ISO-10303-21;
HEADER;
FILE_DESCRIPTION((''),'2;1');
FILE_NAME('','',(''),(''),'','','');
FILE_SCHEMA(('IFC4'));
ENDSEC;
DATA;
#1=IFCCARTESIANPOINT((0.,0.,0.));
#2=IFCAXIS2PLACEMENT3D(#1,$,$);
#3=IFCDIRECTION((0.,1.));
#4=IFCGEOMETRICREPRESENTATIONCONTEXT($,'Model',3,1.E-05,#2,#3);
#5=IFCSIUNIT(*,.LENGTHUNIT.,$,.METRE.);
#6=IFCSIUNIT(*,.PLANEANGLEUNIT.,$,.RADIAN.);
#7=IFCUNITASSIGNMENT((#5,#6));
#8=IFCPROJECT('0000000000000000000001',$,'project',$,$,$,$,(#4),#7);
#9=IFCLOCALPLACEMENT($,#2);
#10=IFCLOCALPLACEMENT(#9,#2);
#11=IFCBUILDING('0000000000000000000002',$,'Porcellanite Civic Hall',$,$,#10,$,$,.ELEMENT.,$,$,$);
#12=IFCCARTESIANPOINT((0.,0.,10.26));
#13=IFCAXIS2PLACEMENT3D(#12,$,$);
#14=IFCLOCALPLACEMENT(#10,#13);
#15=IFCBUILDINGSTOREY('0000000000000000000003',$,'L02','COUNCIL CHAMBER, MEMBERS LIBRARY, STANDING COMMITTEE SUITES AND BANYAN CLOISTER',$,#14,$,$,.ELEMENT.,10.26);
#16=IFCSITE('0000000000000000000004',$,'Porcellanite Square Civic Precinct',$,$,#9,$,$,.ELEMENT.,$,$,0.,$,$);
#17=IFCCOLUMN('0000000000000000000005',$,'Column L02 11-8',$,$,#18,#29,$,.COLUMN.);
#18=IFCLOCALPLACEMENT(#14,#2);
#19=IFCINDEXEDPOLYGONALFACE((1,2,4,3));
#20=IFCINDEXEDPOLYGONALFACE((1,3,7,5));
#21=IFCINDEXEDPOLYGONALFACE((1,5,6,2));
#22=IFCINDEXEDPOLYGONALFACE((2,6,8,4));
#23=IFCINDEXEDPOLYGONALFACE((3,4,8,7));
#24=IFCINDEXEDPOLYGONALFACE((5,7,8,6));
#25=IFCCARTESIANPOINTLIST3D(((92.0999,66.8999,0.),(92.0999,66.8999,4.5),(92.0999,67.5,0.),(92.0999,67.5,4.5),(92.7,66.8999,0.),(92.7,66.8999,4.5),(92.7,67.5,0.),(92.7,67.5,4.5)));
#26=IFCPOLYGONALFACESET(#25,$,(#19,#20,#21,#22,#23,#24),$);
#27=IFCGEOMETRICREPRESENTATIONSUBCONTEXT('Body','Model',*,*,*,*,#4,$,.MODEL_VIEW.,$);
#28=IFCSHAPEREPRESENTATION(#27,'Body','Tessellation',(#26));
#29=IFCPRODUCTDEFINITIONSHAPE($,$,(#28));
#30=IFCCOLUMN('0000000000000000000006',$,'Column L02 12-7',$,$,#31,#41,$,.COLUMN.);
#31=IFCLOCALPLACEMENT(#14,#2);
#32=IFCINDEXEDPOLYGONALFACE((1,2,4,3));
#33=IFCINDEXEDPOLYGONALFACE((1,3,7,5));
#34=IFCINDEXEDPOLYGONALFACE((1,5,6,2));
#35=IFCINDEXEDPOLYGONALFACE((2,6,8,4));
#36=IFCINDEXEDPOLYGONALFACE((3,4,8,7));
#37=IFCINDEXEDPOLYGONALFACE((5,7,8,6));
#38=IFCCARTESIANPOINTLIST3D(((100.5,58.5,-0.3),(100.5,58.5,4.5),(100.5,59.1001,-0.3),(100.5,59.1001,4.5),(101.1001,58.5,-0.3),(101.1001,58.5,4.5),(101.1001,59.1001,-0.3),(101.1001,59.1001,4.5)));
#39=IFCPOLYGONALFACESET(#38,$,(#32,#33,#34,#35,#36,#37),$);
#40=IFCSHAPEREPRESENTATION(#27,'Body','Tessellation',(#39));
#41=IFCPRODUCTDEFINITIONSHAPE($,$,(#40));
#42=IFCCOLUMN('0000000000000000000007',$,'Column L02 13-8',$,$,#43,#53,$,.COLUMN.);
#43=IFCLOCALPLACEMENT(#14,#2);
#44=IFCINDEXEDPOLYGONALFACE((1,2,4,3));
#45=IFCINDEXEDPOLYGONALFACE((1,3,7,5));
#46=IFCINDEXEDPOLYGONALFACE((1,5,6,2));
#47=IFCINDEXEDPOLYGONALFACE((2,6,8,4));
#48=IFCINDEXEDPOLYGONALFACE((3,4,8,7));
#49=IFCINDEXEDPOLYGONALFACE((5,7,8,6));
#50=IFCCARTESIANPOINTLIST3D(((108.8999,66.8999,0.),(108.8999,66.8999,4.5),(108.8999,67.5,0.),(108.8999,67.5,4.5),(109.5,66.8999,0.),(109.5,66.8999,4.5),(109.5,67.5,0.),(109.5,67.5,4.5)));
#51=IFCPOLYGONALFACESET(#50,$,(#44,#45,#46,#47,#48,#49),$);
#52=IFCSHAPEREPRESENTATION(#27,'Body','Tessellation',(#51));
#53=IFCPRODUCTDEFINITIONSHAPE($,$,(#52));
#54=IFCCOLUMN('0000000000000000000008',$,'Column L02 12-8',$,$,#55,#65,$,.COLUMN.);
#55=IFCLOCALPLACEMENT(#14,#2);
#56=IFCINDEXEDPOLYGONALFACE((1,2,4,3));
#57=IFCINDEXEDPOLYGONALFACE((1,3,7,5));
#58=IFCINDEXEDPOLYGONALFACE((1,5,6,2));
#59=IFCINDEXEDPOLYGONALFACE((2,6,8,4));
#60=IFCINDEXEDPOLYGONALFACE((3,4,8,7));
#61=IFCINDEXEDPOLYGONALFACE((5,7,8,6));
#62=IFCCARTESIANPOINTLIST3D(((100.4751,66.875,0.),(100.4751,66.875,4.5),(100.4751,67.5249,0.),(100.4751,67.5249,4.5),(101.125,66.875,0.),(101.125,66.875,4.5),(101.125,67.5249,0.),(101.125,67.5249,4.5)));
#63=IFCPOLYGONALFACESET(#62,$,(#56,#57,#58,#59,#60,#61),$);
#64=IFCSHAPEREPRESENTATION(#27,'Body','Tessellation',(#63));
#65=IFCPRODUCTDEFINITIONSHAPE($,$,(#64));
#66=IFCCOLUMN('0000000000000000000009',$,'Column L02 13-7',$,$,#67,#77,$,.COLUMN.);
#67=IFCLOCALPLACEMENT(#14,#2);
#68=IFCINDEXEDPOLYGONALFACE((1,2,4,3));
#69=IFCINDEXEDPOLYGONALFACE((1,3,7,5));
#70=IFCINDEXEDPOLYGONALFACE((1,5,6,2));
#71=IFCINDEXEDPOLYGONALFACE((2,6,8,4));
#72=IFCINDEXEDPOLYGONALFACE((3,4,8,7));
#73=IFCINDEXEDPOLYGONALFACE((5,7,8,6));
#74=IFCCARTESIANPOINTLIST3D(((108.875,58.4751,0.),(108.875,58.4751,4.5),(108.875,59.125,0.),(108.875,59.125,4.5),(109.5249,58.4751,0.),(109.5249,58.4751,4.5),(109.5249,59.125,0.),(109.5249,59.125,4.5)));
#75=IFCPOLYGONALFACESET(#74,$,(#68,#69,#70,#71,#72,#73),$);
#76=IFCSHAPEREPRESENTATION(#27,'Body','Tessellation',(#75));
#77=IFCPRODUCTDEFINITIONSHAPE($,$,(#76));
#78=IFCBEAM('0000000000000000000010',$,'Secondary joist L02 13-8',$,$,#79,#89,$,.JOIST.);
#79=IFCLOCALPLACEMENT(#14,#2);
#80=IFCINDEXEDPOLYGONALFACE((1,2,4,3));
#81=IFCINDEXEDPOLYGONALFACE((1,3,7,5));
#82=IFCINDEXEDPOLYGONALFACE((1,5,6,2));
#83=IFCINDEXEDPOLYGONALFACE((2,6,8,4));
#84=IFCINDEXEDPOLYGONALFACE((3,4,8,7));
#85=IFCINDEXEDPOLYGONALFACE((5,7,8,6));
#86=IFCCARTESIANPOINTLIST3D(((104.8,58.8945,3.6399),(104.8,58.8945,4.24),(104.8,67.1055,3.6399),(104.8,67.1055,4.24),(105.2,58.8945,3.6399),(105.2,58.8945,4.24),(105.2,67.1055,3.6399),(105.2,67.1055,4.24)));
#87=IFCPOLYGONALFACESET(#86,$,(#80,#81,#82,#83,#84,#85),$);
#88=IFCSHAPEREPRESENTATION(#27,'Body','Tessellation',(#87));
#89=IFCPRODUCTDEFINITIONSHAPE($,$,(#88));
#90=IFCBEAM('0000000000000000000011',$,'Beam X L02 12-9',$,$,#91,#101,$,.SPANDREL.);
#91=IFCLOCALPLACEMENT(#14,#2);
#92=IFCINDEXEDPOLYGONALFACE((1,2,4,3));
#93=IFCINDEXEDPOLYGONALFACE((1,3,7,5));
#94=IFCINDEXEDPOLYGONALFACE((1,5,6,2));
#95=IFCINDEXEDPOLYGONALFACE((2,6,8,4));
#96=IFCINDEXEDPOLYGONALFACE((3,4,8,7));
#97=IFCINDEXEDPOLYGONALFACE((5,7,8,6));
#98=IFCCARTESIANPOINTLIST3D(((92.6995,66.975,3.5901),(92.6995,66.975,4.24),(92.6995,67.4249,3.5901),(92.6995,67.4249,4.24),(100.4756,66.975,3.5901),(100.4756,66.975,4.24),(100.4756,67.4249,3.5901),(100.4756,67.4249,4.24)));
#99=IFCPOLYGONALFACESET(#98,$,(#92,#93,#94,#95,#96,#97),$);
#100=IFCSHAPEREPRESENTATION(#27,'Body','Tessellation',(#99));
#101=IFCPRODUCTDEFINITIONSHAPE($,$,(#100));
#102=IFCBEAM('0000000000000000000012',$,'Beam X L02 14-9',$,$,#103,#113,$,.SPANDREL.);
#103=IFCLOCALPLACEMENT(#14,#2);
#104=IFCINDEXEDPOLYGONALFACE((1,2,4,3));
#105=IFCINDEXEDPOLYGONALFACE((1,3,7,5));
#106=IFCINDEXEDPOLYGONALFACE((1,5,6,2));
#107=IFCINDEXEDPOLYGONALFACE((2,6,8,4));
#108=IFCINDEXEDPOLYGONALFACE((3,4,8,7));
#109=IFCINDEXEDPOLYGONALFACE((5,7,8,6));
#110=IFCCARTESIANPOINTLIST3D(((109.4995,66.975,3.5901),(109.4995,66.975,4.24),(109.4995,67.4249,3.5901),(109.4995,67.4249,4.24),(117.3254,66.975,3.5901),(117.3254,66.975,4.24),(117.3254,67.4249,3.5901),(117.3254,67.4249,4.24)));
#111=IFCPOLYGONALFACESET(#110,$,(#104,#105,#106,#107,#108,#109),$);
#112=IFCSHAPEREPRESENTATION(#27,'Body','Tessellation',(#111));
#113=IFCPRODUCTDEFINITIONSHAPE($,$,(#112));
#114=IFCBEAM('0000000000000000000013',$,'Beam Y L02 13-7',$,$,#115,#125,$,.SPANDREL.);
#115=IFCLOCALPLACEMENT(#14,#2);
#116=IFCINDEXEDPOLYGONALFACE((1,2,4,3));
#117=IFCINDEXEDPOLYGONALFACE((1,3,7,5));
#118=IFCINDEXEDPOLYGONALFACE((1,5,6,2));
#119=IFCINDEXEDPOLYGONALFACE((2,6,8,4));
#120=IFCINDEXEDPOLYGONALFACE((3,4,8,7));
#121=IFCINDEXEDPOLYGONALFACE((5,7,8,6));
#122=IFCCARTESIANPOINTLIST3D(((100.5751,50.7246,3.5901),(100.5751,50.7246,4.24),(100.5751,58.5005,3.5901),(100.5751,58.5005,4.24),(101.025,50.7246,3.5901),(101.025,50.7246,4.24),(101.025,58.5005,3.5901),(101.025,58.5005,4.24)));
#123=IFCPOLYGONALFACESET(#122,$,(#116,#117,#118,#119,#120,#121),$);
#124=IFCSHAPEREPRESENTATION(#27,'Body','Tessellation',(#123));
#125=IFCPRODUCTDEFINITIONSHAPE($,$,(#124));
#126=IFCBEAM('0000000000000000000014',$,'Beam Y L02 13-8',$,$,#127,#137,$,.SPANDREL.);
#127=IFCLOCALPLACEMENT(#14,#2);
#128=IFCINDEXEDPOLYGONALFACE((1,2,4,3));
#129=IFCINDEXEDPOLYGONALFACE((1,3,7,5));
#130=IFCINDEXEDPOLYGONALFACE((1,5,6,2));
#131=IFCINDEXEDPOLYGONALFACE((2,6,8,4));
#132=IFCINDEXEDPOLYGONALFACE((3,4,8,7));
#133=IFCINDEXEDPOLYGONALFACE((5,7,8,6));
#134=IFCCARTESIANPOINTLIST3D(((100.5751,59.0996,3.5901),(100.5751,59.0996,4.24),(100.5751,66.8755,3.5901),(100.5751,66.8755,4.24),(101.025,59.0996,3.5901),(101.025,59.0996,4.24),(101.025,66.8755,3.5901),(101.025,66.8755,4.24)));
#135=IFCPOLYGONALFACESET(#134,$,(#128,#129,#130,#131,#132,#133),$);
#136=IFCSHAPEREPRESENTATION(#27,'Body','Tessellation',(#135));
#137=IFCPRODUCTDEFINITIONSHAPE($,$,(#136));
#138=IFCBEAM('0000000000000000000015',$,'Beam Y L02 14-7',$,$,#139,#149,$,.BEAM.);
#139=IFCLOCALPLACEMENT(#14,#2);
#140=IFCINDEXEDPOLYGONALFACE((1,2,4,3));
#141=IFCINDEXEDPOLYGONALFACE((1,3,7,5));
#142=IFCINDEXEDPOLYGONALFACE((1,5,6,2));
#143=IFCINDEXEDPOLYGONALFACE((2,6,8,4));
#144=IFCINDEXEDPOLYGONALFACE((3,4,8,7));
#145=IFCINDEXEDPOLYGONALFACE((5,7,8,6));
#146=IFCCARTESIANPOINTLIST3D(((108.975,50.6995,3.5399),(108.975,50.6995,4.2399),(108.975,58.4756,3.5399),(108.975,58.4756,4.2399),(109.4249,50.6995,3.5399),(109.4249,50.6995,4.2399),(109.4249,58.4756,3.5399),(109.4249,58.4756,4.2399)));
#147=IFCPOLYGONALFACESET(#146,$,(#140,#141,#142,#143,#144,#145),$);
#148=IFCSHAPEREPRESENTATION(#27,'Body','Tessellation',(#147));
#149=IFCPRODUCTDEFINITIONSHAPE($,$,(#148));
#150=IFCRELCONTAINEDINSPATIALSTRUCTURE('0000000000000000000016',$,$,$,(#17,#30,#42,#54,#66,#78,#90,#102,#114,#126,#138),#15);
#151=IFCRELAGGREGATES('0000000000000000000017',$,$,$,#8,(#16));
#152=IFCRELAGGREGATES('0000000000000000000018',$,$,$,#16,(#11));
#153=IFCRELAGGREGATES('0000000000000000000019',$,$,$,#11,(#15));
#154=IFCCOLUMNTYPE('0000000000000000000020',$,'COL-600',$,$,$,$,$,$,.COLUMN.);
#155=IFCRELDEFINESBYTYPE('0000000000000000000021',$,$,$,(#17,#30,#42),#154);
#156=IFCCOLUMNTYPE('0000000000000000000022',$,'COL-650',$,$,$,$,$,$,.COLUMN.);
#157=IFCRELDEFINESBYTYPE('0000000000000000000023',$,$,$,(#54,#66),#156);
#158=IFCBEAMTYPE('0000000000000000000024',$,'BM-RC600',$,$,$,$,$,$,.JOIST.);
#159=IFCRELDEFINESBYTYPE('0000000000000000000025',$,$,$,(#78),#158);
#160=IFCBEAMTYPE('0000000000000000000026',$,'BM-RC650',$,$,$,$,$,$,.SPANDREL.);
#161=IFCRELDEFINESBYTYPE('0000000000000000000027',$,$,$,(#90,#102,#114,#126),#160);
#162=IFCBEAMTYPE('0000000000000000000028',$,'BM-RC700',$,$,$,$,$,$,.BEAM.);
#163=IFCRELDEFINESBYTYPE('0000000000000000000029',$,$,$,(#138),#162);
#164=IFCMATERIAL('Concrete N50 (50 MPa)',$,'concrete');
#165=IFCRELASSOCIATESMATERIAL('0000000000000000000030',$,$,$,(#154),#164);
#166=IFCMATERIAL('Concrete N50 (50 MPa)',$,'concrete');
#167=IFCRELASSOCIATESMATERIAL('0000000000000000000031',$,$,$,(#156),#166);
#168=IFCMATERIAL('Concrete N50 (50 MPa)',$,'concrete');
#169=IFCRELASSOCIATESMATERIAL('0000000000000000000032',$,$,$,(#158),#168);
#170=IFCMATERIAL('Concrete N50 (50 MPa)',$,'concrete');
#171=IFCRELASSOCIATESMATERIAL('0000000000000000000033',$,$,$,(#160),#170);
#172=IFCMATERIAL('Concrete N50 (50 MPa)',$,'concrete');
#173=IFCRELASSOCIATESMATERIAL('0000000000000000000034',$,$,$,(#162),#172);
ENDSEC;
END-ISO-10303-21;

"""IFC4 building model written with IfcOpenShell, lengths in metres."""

from ifc_helpers import new_model, si_unit, direction, frame, origin, origin_2d, place, context, subcontext, project, spatial, rectangle, extrude, material, material_profile, profile_set, type_object, element, save


model = new_model("IFC4")

# Units and contexts
model_context = context("Model", 3, precision=1e-05, world=origin(), true_north=direction((0.0, 1.0)))
body_context = subcontext(model_context, "Body", "Model", "MODEL_VIEW")
ifc_project = project(units=[si_unit("LENGTHUNIT", "METRE"), si_unit("PLANEANGLEUNIT", "RADIAN")], contexts=[model_context])

# Site, building, storey
site_placement = place(None, origin())
site = spatial("IfcSite", under=ifc_project, at=site_placement, Name="Porcellanite Square Civic Precinct", CompositionType="ELEMENT", RefElevation=0.0)
building_placement = place(site_placement, origin())
building = spatial("IfcBuilding", under=site, at=building_placement, Name="Porcellanite Civic Hall", CompositionType="ELEMENT")
storey_placement = place(building_placement, frame((0.0, 0.0, 10.26)))
storey = spatial("IfcBuildingStorey", under=building, at=storey_placement, Name="L02", Description="COUNCIL CHAMBER, MEMBERS LIBRARY, STANDING COMMITTEE SUITES AND BANYAN CLOISTER", CompositionType="ELEMENT", Elevation=10.26)

# Columns
ifc_material_1 = material(Name="Concrete N50 (50 MPa)", Category="concrete")
ifc_material_profile_1 = material_profile(ifc_material_1, rectangle(XDim=0.6001, YDim=0.6001, at=origin_2d()), Name="RC-600x600")
ifc_profile_set_1 = profile_set([ifc_material_profile_1], Name="Concrete N50 (50 MPa)")
column_type_1 = type_object("IfcColumnType", Name="COL-600", PredefinedType="COLUMN", material=ifc_profile_set_1)
column_1_placement = place(storey_placement, frame((92.3999, 67.2, 0.0), z_axis=(0.0, 0.0, 1.0), x_axis=(1.0, 0.0, 0.0)))
element("IfcColumn", 1, at=column_1_placement, inside=storey, type_object=column_type_1, Name="Column L02 11-8", PredefinedType="COLUMN", context=body_context, shape_type="SweptSolid", body=[
    extrude(rectangle(XDim=0.6001, YDim=0.6001, at=origin_2d()), origin(), (0.0, 0.0, 1.0), 4.5),
])
column_2_placement = place(storey_placement, frame((100.8, 58.8, -0.3), z_axis=(0.0, 0.0, 1.0), x_axis=(1.0, 0.0, 0.0)))
element("IfcColumn", 2, at=column_2_placement, inside=storey, type_object=column_type_1, Name="Column L02 12-7", PredefinedType="COLUMN", context=body_context, shape_type="SweptSolid", body=[
    extrude(rectangle(XDim=0.6001, YDim=0.6001, at=origin_2d()), origin(), (0.0, 0.0, 1.0), 4.8),
])
column_3_placement = place(storey_placement, frame((109.2, 67.2, 0.0), z_axis=(0.0, 0.0, 1.0), x_axis=(1.0, 0.0, 0.0)))
element("IfcColumn", 3, at=column_3_placement, inside=storey, type_object=column_type_1, Name="Column L02 13-8", PredefinedType="COLUMN", context=body_context, shape_type="SweptSolid", body=[
    extrude(rectangle(XDim=0.6001, YDim=0.6001, at=origin_2d()), origin(), (0.0, 0.0, 1.0), 4.5),
])
ifc_material_2 = material(Name="Concrete N50 (50 MPa)", Category="concrete")
ifc_material_profile_2 = material_profile(ifc_material_2, rectangle(XDim=0.6499, YDim=0.6499, at=origin_2d()), Name="RC-650x650")
ifc_profile_set_2 = profile_set([ifc_material_profile_2], Name="Concrete N50 (50 MPa)")
column_type_2 = type_object("IfcColumnType", Name="COL-650", PredefinedType="COLUMN", material=ifc_profile_set_2)
for number, where, z_axis, x_axis, name in (
    (4, (100.8, 67.2, 0.0), (0.0, 0.0, 1.0), (1.0, 0.0, 0.0), "Column L02 12-8"),
    (5, (109.2, 58.8, 0.0), (0.0, 0.0, 1.0), (1.0, 0.0, 0.0), "Column L02 13-7"),
):
    element("IfcColumn", number, at=place(storey_placement, frame(where, z_axis=z_axis, x_axis=x_axis)), inside=storey, type_object=column_type_2, Name=name, PredefinedType="COLUMN", context=body_context, shape_type="SweptSolid", body=[
        extrude(rectangle(XDim=0.6499, YDim=0.6499, at=origin_2d()), origin(), (0.0, 0.0, 1.0), 4.5),
    ])

# Beams
ifc_material_3 = material(Name="Concrete N50 (50 MPa)", Category="concrete")
ifc_material_profile_3 = material_profile(ifc_material_3, rectangle(XDim=0.3999, YDim=0.6001, at=origin_2d()), Name="RC-400x600")
ifc_profile_set_3 = profile_set([ifc_material_profile_3], Name="Concrete N50 (50 MPa)")
beam_type_1 = type_object("IfcBeamType", Name="BM-RC600", PredefinedType="JOIST", material=ifc_profile_set_3)
beam_1_placement = place(storey_placement, frame((105.0, 58.8945, 3.9399), z_axis=(0.0, 1.0, 0.0), x_axis=(-1.0, 0.0, 0.0)))
element("IfcBeam", 6, at=beam_1_placement, inside=storey, type_object=beam_type_1, Name="Secondary joist L02 13-8", PredefinedType="JOIST", context=body_context, shape_type="SweptSolid", body=[
    extrude(rectangle(XDim=0.3999, YDim=0.6001, at=origin_2d()), origin(), (0.0, 0.0, 1.0), 8.2109),
])
ifc_material_4 = material(Name="Concrete N50 (50 MPa)", Category="concrete")
ifc_material_profile_4 = material_profile(ifc_material_4, rectangle(XDim=0.45, YDim=0.6499, at=origin_2d()), Name="RC-450x650")
ifc_profile_set_4 = profile_set([ifc_material_profile_4], Name="Concrete N50 (50 MPa)")
beam_type_2 = type_object("IfcBeamType", Name="BM-RC650", PredefinedType="SPANDREL", material=ifc_profile_set_4)
beam_2_placement = place(storey_placement, frame((92.6995, 67.2, 3.915), z_axis=(1.0, 0.0, 0.0), x_axis=(0.0, 1.0, 0.0)))
element("IfcBeam", 7, at=beam_2_placement, inside=storey, type_object=beam_type_2, Name="Beam X L02 12-9", PredefinedType="SPANDREL", context=body_context, shape_type="SweptSolid", body=[
    extrude(rectangle(XDim=0.45, YDim=0.6499, at=origin_2d()), origin(), (0.0, 0.0, 1.0), 7.7761),
])
beam_3_placement = place(storey_placement, frame((109.4995, 67.2, 3.915), z_axis=(1.0, 0.0, 0.0), x_axis=(0.0, 1.0, 0.0)))
element("IfcBeam", 8, at=beam_3_placement, inside=storey, type_object=beam_type_2, Name="Beam X L02 14-9", PredefinedType="SPANDREL", context=body_context, shape_type="SweptSolid", body=[
    extrude(rectangle(XDim=0.45, YDim=0.6499, at=origin_2d()), origin(), (0.0, 0.0, 1.0), 7.8259),
])
for number, where, z_axis, x_axis, name in (
    (9, (100.8, 50.7246, 3.915), (0.0, 1.0, 0.0), (-1.0, 0.0, 0.0), "Beam Y L02 13-7"),
    (10, (100.8, 59.0996, 3.915), (0.0, 1.0, 0.0), (-1.0, 0.0, 0.0), "Beam Y L02 13-8"),
):
    element("IfcBeam", number, at=place(storey_placement, frame(where, z_axis=z_axis, x_axis=x_axis)), inside=storey, type_object=beam_type_2, Name=name, PredefinedType="SPANDREL", context=body_context, shape_type="SweptSolid", body=[
        extrude(rectangle(XDim=0.45, YDim=0.6499, at=origin_2d()), origin(), (0.0, 0.0, 1.0), 7.7759),
    ])
ifc_material_5 = material(Name="Concrete N50 (50 MPa)", Category="concrete")
ifc_material_profile_5 = material_profile(ifc_material_5, rectangle(XDim=0.45, YDim=0.7, at=origin_2d()), Name="RC-450x700")
ifc_profile_set_5 = profile_set([ifc_material_profile_5], Name="Concrete N50 (50 MPa)")
beam_type_3 = type_object("IfcBeamType", Name="BM-RC700", PredefinedType="BEAM", material=ifc_profile_set_5)
beam_4_placement = place(storey_placement, frame((109.2, 50.6995, 3.8899), z_axis=(0.0, 1.0, 0.0), x_axis=(-1.0, 0.0, 0.0)))
element("IfcBeam", 11, at=beam_4_placement, inside=storey, type_object=beam_type_3, Name="Beam Y L02 14-7", PredefinedType="BEAM", context=body_context, shape_type="SweptSolid", body=[
    extrude(rectangle(XDim=0.45, YDim=0.7, at=origin_2d()), origin(), (0.0, 0.0, 1.0), 7.7761),
])

save(model, "model.ifc")
